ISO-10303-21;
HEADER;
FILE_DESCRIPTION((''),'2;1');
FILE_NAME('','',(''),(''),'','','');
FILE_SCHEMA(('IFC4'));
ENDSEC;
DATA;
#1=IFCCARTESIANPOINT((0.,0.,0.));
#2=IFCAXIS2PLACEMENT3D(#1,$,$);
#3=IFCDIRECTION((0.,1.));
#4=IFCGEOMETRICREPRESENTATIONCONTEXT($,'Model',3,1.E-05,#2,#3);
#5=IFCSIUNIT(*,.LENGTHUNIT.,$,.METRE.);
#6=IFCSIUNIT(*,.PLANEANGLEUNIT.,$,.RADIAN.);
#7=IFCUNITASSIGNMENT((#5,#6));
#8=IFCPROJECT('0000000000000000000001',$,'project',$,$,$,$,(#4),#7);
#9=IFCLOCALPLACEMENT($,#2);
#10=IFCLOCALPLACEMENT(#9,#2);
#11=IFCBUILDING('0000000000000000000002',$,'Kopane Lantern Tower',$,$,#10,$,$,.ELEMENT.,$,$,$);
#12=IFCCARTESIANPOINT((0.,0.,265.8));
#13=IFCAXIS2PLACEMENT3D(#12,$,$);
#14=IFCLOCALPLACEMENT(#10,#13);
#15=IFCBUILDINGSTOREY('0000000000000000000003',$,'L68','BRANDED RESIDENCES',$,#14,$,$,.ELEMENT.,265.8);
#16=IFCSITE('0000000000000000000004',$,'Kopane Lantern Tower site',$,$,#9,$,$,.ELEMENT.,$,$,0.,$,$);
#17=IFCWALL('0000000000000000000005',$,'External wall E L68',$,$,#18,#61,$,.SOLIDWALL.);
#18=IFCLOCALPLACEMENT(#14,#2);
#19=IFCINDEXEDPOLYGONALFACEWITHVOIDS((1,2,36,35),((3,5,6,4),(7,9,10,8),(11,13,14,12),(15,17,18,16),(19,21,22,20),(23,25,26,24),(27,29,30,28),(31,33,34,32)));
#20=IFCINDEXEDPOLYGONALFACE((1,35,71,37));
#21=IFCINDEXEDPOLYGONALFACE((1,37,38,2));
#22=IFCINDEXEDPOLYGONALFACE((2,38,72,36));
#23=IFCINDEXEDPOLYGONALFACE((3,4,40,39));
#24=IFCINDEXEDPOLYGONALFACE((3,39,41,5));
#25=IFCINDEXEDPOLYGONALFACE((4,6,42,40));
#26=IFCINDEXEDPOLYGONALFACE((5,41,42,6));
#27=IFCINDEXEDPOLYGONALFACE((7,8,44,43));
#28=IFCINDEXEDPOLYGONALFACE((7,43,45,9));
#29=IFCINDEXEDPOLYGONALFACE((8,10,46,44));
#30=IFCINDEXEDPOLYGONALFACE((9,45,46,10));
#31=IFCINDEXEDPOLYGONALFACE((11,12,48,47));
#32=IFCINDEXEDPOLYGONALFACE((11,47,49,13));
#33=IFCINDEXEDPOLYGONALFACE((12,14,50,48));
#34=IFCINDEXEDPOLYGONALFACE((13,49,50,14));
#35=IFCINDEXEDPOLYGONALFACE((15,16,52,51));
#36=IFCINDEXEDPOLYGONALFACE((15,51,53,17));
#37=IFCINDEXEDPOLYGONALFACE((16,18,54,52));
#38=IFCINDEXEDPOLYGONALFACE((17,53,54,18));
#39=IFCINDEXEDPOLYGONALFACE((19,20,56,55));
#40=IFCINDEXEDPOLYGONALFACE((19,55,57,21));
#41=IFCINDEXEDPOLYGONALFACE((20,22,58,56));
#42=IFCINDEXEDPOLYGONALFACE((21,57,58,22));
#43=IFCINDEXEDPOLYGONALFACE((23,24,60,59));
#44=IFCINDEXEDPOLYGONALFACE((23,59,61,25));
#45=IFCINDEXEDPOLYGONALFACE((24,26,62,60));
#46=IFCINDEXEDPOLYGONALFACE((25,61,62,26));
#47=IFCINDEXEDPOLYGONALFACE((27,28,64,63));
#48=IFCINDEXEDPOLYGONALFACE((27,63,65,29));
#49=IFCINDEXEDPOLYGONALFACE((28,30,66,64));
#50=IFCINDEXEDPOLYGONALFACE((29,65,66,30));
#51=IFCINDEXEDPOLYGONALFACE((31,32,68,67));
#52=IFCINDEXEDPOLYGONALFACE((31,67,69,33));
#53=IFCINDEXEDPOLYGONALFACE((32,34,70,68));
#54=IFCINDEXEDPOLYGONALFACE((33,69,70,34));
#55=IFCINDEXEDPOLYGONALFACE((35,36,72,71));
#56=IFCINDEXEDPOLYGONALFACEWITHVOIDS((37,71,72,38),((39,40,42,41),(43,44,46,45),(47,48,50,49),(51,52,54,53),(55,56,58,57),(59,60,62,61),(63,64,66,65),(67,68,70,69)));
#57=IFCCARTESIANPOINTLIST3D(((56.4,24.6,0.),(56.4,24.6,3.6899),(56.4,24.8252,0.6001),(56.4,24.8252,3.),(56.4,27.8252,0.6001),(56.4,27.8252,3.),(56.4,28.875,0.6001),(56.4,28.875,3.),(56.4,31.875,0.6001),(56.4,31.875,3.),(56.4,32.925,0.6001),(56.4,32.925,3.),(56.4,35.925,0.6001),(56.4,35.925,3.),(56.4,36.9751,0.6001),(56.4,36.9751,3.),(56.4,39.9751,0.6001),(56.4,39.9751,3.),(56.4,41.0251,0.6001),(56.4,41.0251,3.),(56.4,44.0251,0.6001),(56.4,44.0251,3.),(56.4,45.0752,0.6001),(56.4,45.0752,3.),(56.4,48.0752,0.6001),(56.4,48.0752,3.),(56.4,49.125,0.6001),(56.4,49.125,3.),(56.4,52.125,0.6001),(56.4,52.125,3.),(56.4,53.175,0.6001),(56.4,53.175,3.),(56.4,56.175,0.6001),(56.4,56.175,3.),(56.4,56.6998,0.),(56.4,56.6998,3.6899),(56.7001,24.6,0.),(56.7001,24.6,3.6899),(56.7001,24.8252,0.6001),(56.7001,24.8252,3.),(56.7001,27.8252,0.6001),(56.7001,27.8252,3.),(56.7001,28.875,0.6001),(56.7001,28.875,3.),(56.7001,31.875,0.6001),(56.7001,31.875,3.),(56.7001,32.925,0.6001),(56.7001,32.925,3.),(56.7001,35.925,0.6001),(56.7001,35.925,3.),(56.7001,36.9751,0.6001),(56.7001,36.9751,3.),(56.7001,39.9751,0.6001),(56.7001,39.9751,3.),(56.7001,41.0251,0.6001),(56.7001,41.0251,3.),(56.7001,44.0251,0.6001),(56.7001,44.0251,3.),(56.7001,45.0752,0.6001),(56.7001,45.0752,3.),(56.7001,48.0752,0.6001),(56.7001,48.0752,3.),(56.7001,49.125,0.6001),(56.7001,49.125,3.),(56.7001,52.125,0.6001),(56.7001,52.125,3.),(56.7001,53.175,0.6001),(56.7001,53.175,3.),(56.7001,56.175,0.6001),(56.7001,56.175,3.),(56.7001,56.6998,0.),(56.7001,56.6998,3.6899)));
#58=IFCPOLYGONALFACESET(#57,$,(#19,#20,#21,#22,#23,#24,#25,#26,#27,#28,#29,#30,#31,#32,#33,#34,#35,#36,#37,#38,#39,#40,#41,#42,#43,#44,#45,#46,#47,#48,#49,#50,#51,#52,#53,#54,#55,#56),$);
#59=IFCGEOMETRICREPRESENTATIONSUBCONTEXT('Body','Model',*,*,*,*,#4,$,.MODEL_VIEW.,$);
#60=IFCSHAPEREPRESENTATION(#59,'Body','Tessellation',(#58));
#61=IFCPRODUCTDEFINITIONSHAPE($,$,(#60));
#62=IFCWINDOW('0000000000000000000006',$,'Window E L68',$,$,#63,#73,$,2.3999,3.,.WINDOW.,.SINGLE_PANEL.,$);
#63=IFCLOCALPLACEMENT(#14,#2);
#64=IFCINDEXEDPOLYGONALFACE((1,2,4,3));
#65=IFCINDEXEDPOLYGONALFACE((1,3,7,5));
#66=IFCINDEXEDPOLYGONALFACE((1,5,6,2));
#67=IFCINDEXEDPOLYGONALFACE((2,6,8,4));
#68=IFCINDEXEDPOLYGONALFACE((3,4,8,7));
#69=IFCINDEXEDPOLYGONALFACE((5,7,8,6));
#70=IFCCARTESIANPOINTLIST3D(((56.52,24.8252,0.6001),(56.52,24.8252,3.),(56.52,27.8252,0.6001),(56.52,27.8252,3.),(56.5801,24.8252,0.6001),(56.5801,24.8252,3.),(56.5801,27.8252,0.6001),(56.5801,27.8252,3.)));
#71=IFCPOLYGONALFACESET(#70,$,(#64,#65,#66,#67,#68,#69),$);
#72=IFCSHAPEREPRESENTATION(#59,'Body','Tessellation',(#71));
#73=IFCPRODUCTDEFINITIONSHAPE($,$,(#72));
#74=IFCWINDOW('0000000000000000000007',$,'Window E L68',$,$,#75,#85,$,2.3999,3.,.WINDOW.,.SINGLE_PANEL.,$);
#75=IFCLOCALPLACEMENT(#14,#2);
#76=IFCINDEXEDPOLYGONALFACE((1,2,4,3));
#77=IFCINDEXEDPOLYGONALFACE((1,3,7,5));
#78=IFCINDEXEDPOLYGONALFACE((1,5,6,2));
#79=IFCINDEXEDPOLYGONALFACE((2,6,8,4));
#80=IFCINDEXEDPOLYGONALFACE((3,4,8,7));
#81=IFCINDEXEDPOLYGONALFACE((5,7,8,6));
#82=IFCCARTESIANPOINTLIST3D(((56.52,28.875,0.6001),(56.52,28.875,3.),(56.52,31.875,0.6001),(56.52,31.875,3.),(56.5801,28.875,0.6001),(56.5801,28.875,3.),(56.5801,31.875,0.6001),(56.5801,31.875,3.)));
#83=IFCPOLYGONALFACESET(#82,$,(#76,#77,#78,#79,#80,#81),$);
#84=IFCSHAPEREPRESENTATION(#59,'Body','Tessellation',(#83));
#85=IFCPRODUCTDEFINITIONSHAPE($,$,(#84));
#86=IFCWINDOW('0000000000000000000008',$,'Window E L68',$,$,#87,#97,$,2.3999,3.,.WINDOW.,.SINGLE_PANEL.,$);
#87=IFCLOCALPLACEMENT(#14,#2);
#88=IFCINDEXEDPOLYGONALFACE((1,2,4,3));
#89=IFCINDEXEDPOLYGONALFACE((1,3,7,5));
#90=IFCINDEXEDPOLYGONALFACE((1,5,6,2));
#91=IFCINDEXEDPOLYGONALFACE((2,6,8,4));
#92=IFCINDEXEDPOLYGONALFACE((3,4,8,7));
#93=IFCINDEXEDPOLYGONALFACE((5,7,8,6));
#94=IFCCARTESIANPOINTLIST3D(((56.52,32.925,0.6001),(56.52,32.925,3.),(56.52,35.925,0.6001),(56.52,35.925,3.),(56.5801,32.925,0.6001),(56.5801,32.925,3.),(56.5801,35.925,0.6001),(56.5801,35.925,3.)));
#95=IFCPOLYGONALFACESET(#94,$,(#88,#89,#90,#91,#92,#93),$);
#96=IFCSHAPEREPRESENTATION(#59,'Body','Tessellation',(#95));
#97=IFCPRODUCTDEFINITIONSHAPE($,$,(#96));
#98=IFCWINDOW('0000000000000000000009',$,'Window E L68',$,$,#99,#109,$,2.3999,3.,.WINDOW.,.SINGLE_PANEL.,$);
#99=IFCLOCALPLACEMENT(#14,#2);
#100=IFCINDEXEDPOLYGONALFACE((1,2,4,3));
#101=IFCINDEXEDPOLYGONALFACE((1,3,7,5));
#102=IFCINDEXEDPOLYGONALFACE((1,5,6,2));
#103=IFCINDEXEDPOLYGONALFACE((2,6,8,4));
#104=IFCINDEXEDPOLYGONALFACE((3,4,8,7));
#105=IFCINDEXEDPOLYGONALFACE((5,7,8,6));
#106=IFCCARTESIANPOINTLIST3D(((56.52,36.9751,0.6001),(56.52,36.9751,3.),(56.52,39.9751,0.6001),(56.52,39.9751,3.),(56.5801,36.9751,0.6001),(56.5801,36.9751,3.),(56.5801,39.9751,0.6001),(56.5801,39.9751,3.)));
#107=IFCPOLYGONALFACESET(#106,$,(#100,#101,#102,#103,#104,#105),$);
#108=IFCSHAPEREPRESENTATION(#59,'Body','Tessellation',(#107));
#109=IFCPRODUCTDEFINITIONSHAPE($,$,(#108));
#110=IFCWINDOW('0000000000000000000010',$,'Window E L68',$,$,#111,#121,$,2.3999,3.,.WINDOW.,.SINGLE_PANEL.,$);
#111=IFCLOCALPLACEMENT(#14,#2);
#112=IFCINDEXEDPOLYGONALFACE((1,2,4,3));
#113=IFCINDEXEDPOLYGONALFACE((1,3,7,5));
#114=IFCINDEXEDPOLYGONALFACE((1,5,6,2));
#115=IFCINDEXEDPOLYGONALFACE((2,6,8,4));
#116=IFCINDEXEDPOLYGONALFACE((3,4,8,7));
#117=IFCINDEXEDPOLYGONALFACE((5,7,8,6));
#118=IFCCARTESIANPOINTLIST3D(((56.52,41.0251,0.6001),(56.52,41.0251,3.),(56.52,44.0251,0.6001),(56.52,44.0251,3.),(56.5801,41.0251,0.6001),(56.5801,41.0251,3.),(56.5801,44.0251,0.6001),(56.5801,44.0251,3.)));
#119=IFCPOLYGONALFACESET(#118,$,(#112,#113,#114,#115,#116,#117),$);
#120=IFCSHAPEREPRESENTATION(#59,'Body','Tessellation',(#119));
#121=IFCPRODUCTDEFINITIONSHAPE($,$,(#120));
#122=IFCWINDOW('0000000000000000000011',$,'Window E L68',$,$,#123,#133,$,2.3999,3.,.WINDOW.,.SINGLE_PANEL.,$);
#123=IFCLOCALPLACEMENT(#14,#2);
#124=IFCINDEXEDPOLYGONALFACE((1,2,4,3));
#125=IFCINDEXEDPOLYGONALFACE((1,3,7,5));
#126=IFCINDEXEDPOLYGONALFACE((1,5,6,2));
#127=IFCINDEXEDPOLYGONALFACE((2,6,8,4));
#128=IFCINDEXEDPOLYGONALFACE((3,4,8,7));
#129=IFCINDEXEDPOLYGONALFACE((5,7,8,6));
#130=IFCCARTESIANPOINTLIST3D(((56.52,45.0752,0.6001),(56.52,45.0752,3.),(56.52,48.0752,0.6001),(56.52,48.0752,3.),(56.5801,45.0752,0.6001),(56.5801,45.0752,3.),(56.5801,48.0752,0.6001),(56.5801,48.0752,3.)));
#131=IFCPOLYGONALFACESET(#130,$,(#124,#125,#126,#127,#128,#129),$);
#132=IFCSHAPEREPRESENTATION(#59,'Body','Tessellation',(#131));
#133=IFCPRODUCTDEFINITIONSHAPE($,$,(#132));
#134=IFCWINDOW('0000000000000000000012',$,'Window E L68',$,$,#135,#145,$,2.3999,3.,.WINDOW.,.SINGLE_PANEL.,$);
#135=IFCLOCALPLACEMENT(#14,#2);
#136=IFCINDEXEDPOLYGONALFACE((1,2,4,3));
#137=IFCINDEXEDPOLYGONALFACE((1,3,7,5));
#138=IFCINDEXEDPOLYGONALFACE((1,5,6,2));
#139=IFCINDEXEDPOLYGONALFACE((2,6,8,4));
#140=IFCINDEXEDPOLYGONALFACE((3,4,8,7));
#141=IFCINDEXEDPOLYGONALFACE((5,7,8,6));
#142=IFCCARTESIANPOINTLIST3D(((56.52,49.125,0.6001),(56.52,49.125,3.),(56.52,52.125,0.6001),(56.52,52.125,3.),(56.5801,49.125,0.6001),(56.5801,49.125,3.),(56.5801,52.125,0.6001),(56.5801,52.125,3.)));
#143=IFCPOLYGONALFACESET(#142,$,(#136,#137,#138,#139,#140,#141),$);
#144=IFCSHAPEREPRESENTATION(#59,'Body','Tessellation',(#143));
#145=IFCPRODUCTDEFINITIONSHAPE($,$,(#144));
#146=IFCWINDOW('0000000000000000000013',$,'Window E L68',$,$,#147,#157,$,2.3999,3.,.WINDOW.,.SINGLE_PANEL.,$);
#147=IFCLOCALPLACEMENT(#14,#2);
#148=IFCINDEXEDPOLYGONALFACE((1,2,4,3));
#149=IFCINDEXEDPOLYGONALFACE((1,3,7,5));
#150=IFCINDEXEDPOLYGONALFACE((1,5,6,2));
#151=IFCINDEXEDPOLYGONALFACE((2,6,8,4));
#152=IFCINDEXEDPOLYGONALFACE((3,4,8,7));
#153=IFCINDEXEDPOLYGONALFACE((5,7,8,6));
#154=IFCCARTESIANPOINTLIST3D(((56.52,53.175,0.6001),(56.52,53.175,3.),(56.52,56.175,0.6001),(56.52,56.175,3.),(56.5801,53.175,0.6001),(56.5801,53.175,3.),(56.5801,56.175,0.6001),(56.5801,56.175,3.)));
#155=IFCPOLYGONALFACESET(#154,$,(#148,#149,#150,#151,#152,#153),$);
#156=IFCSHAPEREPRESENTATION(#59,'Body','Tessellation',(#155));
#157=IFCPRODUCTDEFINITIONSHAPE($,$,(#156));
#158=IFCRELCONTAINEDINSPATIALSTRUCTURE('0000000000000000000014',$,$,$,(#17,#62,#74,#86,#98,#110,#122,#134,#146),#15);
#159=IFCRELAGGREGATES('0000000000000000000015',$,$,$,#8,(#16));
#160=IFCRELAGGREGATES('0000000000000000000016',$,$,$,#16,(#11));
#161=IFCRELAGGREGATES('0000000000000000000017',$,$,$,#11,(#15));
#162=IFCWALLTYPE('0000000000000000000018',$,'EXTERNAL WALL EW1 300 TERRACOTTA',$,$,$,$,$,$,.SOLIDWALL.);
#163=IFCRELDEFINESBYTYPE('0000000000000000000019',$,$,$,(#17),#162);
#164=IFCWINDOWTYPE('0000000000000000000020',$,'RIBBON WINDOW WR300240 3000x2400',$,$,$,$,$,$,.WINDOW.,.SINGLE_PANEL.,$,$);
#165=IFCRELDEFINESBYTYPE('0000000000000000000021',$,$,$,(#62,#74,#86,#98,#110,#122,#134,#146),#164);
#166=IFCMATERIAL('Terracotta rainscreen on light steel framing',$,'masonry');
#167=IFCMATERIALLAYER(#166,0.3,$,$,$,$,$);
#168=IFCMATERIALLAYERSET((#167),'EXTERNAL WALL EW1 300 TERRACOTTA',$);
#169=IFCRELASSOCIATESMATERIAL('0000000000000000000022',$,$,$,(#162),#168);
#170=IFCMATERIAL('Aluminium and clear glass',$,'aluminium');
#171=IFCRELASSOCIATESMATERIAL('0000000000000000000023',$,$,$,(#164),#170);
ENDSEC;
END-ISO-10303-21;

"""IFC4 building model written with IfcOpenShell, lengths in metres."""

from ifc_helpers import new_model, si_unit, direction, frame, frame_2d, origin, place, context, subcontext, project, spatial, rectangle, extrude, material, layer, layer_set, type_object, element, fill, save


model = new_model("IFC4")

# Units and contexts
model_context = context("Model", 3, precision=1e-05, world=origin(), true_north=direction((0.0, 1.0)))
body_context = subcontext(model_context, "Body", "Model", "MODEL_VIEW")
ifc_project = project(units=[si_unit("LENGTHUNIT", "METRE"), si_unit("PLANEANGLEUNIT", "RADIAN")], contexts=[model_context])

# Site, building, storey
site_placement = place(None, origin())
site = spatial("IfcSite", under=ifc_project, at=site_placement, Name="Kopane Lantern Tower site", CompositionType="ELEMENT", RefElevation=0.0)
building_placement = place(site_placement, origin())
building = spatial("IfcBuilding", under=site, at=building_placement, Name="Kopane Lantern Tower", CompositionType="ELEMENT")
storey_placement = place(building_placement, frame((0.0, 0.0, 265.8)))
storey = spatial("IfcBuildingStorey", under=building, at=storey_placement, Name="L68", Description="BRANDED RESIDENCES", CompositionType="ELEMENT", Elevation=265.8)

# Shared definitions
ifc_material_1 = material(Name="Terracotta rainscreen on light steel framing", Category="masonry")
ifc_layer_1 = layer(ifc_material_1, 0.3)
ifc_layer_set_1 = layer_set([ifc_layer_1], Name="EXTERNAL WALL EW1 300 TERRACOTTA")
wall_type_1 = type_object("IfcWallType", Name="EXTERNAL WALL EW1 300 TERRACOTTA", PredefinedType="SOLIDWALL", material=ifc_layer_set_1)

# Wall, openings, windows
wall_1_placement = place(storey_placement, frame((56.55, 24.6001, 0.0), z_axis=(0.0, 0.0, 1.0), x_axis=(0.0, 1.0, 0.0)))
wall_1 = element("IfcWall", 1, at=wall_1_placement, inside=storey, type_object=wall_type_1, Name="External wall E L68", PredefinedType="SOLIDWALL", context=body_context, shape_type="SweptSolid", body=[
    extrude(rectangle(XDim=32.0999, YDim=0.3, at=frame_2d((16.0498, 0.0))), origin(), (0.0, 0.0, 1.0), 3.6899),
])
opening_1_placement = place(wall_1_placement, frame((0.2251, 0.0, 0.6001)))
opening_1 = element("IfcOpeningElement", 2, at=opening_1_placement, cuts=wall_1, PredefinedType="OPENING", context=body_context, shape_type="SweptSolid", body=[
    extrude(rectangle(XDim=3.0, YDim=2.3999, at=frame_2d((1.5, 1.2))), frame((0.0, 0.1599, 0.0), z_axis=(0.0, -1.0, 0.0), x_axis=(1.0, 0.0, 0.0)), (0.0, 0.0, 1.0), 0.3201),
])
opening_2_placement = place(wall_1_placement, frame((4.2749, 0.0, 0.6001)))
opening_2 = element("IfcOpeningElement", 3, at=opening_2_placement, cuts=wall_1, PredefinedType="OPENING", context=body_context, shape_type="SweptSolid", body=[
    extrude(rectangle(XDim=3.0, YDim=2.3999, at=frame_2d((1.5, 1.2))), frame((0.0, 0.1599, 0.0), z_axis=(0.0, -1.0, 0.0), x_axis=(1.0, 0.0, 0.0)), (0.0, 0.0, 1.0), 0.3201),
])
opening_3_placement = place(wall_1_placement, frame((8.325, 0.0, 0.6001)))
opening_3 = element("IfcOpeningElement", 4, at=opening_3_placement, cuts=wall_1, PredefinedType="OPENING", context=body_context, shape_type="SweptSolid", body=[
    extrude(rectangle(XDim=3.0, YDim=2.3999, at=frame_2d((1.5, 1.2))), frame((0.0, 0.1599, 0.0), z_axis=(0.0, -1.0, 0.0), x_axis=(1.0, 0.0, 0.0)), (0.0, 0.0, 1.0), 0.3201),
])
opening_4_placement = place(wall_1_placement, frame((12.375, 0.0, 0.6001)))
opening_4 = element("IfcOpeningElement", 5, at=opening_4_placement, cuts=wall_1, PredefinedType="OPENING", context=body_context, shape_type="SweptSolid", body=[
    extrude(rectangle(XDim=3.0, YDim=2.3999, at=frame_2d((1.5, 1.2))), frame((0.0, 0.1599, 0.0), z_axis=(0.0, -1.0, 0.0), x_axis=(1.0, 0.0, 0.0)), (0.0, 0.0, 1.0), 0.3201),
])
opening_5_placement = place(wall_1_placement, frame((16.425, 0.0, 0.6001)))
opening_5 = element("IfcOpeningElement", 6, at=opening_5_placement, cuts=wall_1, PredefinedType="OPENING", context=body_context, shape_type="SweptSolid", body=[
    extrude(rectangle(XDim=3.0, YDim=2.3999, at=frame_2d((1.5, 1.2))), frame((0.0, 0.1599, 0.0), z_axis=(0.0, -1.0, 0.0), x_axis=(1.0, 0.0, 0.0)), (0.0, 0.0, 1.0), 0.3201),
])
opening_6_placement = place(wall_1_placement, frame((20.4751, 0.0, 0.6001)))
opening_6 = element("IfcOpeningElement", 7, at=opening_6_placement, cuts=wall_1, PredefinedType="OPENING", context=body_context, shape_type="SweptSolid", body=[
    extrude(rectangle(XDim=3.0, YDim=2.3999, at=frame_2d((1.5, 1.2))), frame((0.0, 0.1599, 0.0), z_axis=(0.0, -1.0, 0.0), x_axis=(1.0, 0.0, 0.0)), (0.0, 0.0, 1.0), 0.3201),
])
opening_7_placement = place(wall_1_placement, frame((24.5249, 0.0, 0.6001)))
opening_7 = element("IfcOpeningElement", 8, at=opening_7_placement, cuts=wall_1, PredefinedType="OPENING", context=body_context, shape_type="SweptSolid", body=[
    extrude(rectangle(XDim=3.0, YDim=2.3999, at=frame_2d((1.5, 1.2))), frame((0.0, 0.1599, 0.0), z_axis=(0.0, -1.0, 0.0), x_axis=(1.0, 0.0, 0.0)), (0.0, 0.0, 1.0), 0.3201),
])
opening_8_placement = place(wall_1_placement, frame((28.575, 0.0, 0.6001)))
opening_8 = element("IfcOpeningElement", 9, at=opening_8_placement, cuts=wall_1, PredefinedType="OPENING", context=body_context, shape_type="SweptSolid", body=[
    extrude(rectangle(XDim=3.0, YDim=2.3999, at=frame_2d((1.5, 1.2))), frame((0.0, 0.1599, 0.0), z_axis=(0.0, -1.0, 0.0), x_axis=(1.0, 0.0, 0.0)), (0.0, 0.0, 1.0), 0.3201),
])
ifc_material_2 = material(Name="Aluminium and clear glass", Category="aluminium")
window_type_1 = type_object("IfcWindowType", Name="RIBBON WINDOW WR300240 3000x2400", PartitioningType="SINGLE_PANEL", PredefinedType="WINDOW", material=ifc_material_2)
window_1_placement = place(opening_1_placement, origin())
window_1 = element("IfcWindow", 10, at=window_1_placement, inside=storey, type_object=window_type_1, Name="Window E L68", OverallHeight=2.3999, OverallWidth=3.0, PartitioningType="SINGLE_PANEL", PredefinedType="WINDOW", context=body_context, shape_type="SweptSolid", body=[
    extrude(rectangle(XDim=3.0, YDim=2.3999, at=frame_2d((1.5, 1.2))), frame((0.0, 0.03, 0.0), z_axis=(0.0, -1.0, 0.0), x_axis=(1.0, 0.0, 0.0)), (0.0, 0.0, 1.0), 0.0601),
])
fill(opening_1, window_1)
window_2_placement = place(opening_2_placement, origin())
window_2 = element("IfcWindow", 11, at=window_2_placement, inside=storey, type_object=window_type_1, Name="Window E L68", OverallHeight=2.3999, OverallWidth=3.0, PartitioningType="SINGLE_PANEL", PredefinedType="WINDOW", context=body_context, shape_type="SweptSolid", body=[
    extrude(rectangle(XDim=3.0, YDim=2.3999, at=frame_2d((1.5, 1.2))), frame((0.0, 0.03, 0.0), z_axis=(0.0, -1.0, 0.0), x_axis=(1.0, 0.0, 0.0)), (0.0, 0.0, 1.0), 0.0601),
])
fill(opening_2, window_2)
window_3_placement = place(opening_3_placement, origin())
window_3 = element("IfcWindow", 12, at=window_3_placement, inside=storey, type_object=window_type_1, Name="Window E L68", OverallHeight=2.3999, OverallWidth=3.0, PartitioningType="SINGLE_PANEL", PredefinedType="WINDOW", context=body_context, shape_type="SweptSolid", body=[
    extrude(rectangle(XDim=3.0, YDim=2.3999, at=frame_2d((1.5, 1.2))), frame((0.0, 0.03, 0.0), z_axis=(0.0, -1.0, 0.0), x_axis=(1.0, 0.0, 0.0)), (0.0, 0.0, 1.0), 0.0601),
])
fill(opening_3, window_3)
window_4_placement = place(opening_4_placement, origin())
window_4 = element("IfcWindow", 13, at=window_4_placement, inside=storey, type_object=window_type_1, Name="Window E L68", OverallHeight=2.3999, OverallWidth=3.0, PartitioningType="SINGLE_PANEL", PredefinedType="WINDOW", context=body_context, shape_type="SweptSolid", body=[
    extrude(rectangle(XDim=3.0, YDim=2.3999, at=frame_2d((1.5, 1.2))), frame((0.0, 0.03, 0.0), z_axis=(0.0, -1.0, 0.0), x_axis=(1.0, 0.0, 0.0)), (0.0, 0.0, 1.0), 0.0601),
])
fill(opening_4, window_4)
window_5_placement = place(opening_5_placement, origin())
window_5 = element("IfcWindow", 14, at=window_5_placement, inside=storey, type_object=window_type_1, Name="Window E L68", OverallHeight=2.3999, OverallWidth=3.0, PartitioningType="SINGLE_PANEL", PredefinedType="WINDOW", context=body_context, shape_type="SweptSolid", body=[
    extrude(rectangle(XDim=3.0, YDim=2.3999, at=frame_2d((1.5, 1.2))), frame((0.0, 0.03, 0.0), z_axis=(0.0, -1.0, 0.0), x_axis=(1.0, 0.0, 0.0)), (0.0, 0.0, 1.0), 0.0601),
])
fill(opening_5, window_5)
window_6_placement = place(opening_6_placement, origin())
window_6 = element("IfcWindow", 15, at=window_6_placement, inside=storey, type_object=window_type_1, Name="Window E L68", OverallHeight=2.3999, OverallWidth=3.0, PartitioningType="SINGLE_PANEL", PredefinedType="WINDOW", context=body_context, shape_type="SweptSolid", body=[
    extrude(rectangle(XDim=3.0, YDim=2.3999, at=frame_2d((1.5, 1.2))), frame((0.0, 0.03, 0.0), z_axis=(0.0, -1.0, 0.0), x_axis=(1.0, 0.0, 0.0)), (0.0, 0.0, 1.0), 0.0601),
])
fill(opening_6, window_6)
window_7_placement = place(opening_7_placement, origin())
window_7 = element("IfcWindow", 16, at=window_7_placement, inside=storey, type_object=window_type_1, Name="Window E L68", OverallHeight=2.3999, OverallWidth=3.0, PartitioningType="SINGLE_PANEL", PredefinedType="WINDOW", context=body_context, shape_type="SweptSolid", body=[
    extrude(rectangle(XDim=3.0, YDim=2.3999, at=frame_2d((1.5, 1.2))), frame((0.0, 0.03, 0.0), z_axis=(0.0, -1.0, 0.0), x_axis=(1.0, 0.0, 0.0)), (0.0, 0.0, 1.0), 0.0601),
])
fill(opening_7, window_7)
window_8_placement = place(opening_8_placement, origin())
window_8 = element("IfcWindow", 17, at=window_8_placement, inside=storey, type_object=window_type_1, Name="Window E L68", OverallHeight=2.3999, OverallWidth=3.0, PartitioningType="SINGLE_PANEL", PredefinedType="WINDOW", context=body_context, shape_type="SweptSolid", body=[
    extrude(rectangle(XDim=3.0, YDim=2.3999, at=frame_2d((1.5, 1.2))), frame((0.0, 0.03, 0.0), z_axis=(0.0, -1.0, 0.0), x_axis=(1.0, 0.0, 0.0)), (0.0, 0.0, 1.0), 0.0601),
])
fill(opening_8, window_8)

save(model, "model.ifc")
